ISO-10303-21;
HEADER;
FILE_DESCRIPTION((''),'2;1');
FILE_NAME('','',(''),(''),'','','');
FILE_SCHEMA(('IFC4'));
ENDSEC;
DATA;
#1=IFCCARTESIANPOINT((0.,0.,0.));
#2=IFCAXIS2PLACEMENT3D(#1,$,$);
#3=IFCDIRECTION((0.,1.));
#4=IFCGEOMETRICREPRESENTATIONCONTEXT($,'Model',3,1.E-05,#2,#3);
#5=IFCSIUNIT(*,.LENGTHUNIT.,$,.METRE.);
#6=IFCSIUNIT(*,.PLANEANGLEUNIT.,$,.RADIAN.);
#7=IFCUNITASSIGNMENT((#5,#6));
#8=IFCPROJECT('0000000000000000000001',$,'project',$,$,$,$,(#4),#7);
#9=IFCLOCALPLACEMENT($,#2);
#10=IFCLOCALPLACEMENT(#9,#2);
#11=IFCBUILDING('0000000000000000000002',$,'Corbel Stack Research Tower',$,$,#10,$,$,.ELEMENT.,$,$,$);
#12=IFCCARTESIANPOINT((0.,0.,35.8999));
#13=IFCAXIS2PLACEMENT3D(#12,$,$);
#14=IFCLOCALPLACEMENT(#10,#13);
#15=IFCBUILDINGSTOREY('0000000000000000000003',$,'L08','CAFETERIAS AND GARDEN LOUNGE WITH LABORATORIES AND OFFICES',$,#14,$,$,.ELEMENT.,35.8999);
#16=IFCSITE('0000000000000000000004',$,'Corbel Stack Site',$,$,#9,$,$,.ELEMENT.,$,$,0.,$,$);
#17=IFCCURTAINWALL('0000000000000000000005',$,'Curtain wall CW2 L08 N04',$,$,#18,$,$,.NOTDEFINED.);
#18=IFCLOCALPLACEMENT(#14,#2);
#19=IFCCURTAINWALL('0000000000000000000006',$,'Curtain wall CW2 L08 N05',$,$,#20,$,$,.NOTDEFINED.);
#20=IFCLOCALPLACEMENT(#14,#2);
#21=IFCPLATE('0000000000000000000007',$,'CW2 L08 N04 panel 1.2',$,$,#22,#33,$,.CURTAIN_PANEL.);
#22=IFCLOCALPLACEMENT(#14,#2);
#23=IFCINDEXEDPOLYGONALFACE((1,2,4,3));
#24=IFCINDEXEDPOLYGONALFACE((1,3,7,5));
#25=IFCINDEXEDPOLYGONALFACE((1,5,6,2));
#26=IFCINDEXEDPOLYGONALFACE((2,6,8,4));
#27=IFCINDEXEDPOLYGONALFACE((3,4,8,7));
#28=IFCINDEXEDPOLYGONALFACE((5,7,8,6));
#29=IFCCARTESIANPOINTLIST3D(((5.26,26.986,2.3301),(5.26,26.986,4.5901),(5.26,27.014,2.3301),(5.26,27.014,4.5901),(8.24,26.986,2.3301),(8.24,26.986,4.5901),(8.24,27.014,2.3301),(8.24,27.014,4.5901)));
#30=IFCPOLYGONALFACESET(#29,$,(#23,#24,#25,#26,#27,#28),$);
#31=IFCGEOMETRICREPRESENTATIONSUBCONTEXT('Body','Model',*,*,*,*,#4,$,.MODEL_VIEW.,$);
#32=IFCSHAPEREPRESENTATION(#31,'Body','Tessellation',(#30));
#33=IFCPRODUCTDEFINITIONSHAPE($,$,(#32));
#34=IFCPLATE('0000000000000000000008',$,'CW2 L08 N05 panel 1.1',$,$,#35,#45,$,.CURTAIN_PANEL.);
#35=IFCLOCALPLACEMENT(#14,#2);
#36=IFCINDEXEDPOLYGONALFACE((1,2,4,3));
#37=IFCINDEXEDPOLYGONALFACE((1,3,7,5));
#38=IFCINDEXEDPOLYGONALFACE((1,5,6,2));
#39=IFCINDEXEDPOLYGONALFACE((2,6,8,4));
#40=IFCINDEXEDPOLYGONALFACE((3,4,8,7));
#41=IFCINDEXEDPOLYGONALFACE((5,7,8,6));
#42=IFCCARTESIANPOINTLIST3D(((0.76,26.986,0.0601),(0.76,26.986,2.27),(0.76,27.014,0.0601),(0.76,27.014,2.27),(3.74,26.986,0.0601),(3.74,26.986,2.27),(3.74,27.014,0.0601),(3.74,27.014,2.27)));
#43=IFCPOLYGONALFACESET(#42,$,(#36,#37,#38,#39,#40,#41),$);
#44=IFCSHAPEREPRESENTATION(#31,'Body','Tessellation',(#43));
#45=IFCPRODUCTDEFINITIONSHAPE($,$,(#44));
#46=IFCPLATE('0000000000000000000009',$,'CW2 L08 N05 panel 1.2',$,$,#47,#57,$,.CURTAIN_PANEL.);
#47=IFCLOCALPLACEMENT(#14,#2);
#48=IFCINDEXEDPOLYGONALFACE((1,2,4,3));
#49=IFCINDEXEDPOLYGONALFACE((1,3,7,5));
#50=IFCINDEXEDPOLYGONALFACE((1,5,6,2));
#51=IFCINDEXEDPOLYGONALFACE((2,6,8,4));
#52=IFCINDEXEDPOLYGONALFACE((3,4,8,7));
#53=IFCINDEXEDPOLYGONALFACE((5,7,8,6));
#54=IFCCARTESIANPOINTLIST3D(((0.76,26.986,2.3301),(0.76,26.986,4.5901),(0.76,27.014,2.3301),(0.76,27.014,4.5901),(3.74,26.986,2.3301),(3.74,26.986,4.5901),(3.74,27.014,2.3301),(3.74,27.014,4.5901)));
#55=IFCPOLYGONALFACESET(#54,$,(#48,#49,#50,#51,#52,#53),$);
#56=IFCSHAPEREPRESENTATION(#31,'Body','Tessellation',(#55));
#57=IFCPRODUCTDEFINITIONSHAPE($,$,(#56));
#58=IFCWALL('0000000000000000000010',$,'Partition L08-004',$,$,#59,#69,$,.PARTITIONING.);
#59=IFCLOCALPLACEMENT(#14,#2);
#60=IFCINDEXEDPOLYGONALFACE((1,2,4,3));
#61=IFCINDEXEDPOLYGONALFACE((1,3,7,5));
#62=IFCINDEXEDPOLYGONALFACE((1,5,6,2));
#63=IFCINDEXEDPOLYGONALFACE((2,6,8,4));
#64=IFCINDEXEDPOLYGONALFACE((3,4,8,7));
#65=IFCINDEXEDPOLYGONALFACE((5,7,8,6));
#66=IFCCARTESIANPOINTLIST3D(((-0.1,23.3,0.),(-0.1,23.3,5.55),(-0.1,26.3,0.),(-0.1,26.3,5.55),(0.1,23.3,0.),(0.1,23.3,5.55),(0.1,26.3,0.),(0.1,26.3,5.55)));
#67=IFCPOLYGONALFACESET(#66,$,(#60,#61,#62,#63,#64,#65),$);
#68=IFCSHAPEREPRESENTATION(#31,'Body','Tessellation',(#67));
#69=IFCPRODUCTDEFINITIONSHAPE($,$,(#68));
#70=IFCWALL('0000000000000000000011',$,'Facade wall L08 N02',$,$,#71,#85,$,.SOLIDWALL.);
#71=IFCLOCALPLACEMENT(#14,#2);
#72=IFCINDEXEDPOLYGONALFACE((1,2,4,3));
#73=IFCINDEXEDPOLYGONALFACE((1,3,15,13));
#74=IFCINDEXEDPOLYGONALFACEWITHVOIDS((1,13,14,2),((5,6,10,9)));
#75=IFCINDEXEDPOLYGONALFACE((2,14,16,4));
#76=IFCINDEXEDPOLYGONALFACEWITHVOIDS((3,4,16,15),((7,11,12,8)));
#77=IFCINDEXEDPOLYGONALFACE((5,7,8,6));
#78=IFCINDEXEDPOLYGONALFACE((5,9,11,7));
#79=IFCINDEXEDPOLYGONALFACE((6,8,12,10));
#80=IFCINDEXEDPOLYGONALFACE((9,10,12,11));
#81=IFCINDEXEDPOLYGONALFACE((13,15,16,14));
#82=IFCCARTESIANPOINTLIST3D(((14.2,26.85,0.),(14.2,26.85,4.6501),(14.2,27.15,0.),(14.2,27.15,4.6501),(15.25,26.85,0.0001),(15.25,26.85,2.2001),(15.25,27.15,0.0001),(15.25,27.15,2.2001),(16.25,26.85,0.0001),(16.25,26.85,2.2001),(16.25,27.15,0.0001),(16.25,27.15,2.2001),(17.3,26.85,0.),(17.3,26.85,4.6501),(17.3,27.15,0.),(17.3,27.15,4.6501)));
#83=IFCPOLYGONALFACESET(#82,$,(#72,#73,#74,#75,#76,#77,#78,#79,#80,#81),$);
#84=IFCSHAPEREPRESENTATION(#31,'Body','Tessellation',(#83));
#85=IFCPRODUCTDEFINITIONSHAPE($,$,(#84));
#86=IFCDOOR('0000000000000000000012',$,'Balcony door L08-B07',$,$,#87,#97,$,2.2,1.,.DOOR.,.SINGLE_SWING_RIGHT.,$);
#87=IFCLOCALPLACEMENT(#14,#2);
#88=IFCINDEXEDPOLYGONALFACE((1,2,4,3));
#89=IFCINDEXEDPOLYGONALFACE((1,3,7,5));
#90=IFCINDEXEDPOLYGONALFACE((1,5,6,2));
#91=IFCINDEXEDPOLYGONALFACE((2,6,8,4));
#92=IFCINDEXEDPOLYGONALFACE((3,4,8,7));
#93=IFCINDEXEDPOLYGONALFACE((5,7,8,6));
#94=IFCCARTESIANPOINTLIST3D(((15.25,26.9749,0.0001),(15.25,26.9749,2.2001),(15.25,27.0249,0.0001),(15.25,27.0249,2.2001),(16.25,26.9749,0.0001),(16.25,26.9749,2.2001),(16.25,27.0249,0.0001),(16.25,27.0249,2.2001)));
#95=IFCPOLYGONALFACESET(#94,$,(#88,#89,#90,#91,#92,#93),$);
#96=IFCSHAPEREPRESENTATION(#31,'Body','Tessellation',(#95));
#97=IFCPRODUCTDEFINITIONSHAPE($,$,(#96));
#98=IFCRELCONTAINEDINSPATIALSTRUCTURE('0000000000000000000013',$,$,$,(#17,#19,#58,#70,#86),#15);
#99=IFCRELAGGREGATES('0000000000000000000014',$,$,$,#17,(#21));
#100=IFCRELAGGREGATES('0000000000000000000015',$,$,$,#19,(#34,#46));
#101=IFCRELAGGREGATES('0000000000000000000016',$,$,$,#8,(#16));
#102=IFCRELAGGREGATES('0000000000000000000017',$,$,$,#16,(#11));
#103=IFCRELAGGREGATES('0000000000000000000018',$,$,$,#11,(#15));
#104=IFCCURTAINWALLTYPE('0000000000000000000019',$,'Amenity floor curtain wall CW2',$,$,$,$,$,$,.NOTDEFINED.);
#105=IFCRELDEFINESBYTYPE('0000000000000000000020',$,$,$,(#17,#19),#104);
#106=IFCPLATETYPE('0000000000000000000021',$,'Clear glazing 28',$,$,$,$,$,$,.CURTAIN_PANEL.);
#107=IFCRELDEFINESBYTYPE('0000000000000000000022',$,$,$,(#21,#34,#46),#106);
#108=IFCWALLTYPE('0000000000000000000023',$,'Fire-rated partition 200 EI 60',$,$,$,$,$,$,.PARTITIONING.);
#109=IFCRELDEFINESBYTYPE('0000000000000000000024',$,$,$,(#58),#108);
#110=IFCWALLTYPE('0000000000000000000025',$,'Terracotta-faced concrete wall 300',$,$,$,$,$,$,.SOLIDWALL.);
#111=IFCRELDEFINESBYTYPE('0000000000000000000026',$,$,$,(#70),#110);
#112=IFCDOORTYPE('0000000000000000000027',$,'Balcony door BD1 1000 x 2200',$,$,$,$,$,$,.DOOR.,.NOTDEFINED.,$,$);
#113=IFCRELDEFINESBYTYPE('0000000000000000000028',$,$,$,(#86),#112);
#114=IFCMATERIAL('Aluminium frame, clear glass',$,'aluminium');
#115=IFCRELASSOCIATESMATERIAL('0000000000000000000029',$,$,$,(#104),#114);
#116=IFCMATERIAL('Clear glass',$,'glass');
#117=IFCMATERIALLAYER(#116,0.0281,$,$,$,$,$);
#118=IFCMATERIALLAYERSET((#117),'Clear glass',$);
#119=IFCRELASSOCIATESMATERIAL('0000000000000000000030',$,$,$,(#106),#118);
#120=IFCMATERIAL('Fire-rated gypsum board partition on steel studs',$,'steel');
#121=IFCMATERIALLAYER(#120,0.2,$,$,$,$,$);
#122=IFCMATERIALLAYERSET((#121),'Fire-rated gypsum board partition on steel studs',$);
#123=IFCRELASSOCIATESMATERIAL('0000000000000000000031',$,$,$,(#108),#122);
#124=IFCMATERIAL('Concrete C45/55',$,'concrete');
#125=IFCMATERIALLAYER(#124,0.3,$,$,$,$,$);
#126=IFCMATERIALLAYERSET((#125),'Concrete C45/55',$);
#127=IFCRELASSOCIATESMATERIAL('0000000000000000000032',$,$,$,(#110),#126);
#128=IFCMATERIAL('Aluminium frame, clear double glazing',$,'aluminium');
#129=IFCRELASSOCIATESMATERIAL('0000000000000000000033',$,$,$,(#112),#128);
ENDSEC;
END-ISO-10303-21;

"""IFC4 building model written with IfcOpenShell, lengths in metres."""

from ifc_helpers import new_model, si_unit, direction, frame, frame_2d, origin, origin_2d, place, context, subcontext, project, spatial, rectangle, extrude, material, layer, layer_set, type_object, element, fill, aggregate, save


model = new_model("IFC4")

# Units and contexts
model_context = context("Model", 3, precision=1e-05, world=origin(), true_north=direction((0.0, 1.0)))
body_context = subcontext(model_context, "Body", "Model", "MODEL_VIEW")
ifc_project = project(units=[si_unit("LENGTHUNIT", "METRE"), si_unit("PLANEANGLEUNIT", "RADIAN")], contexts=[model_context])

# Site, building, storey
site_placement = place(None, origin())
site = spatial("IfcSite", under=ifc_project, at=site_placement, Name="Corbel Stack Site", CompositionType="ELEMENT", RefElevation=0.0)
building_placement = place(site_placement, origin())
building = spatial("IfcBuilding", under=site, at=building_placement, Name="Corbel Stack Research Tower", CompositionType="ELEMENT")
storey_placement = place(building_placement, frame((0.0, 0.0, 35.8999)))
storey = spatial("IfcBuildingStorey", under=building, at=storey_placement, Name="L08", Description="CAFETERIAS AND GARDEN LOUNGE WITH LABORATORIES AND OFFICES", CompositionType="ELEMENT", Elevation=35.8999)

# Shared definitions
ifc_material_1 = material(Name="Aluminium frame, clear glass", Category="aluminium")
curtain_wall_type = type_object("IfcCurtainWallType", Name="Amenity floor curtain wall CW2", PredefinedType="NOTDEFINED", material=ifc_material_1)

# Curtain walls
curtain_wall_1_placement = place(storey_placement, origin())
curtain_wall_1 = element("IfcCurtainWall", 1, at=curtain_wall_1_placement, inside=storey, type_object=curtain_wall_type, Name="Curtain wall CW2 L08 N04", PredefinedType="NOTDEFINED")
curtain_wall_2_placement = place(storey_placement, origin())
curtain_wall_2 = element("IfcCurtainWall", 2, at=curtain_wall_2_placement, inside=storey, type_object=curtain_wall_type, Name="Curtain wall CW2 L08 N05", PredefinedType="NOTDEFINED")

# Plates
ifc_material_2 = material(Name="Clear glass", Category="glass")
ifc_layer_1 = layer(ifc_material_2, 0.0281)
ifc_layer_set_1 = layer_set([ifc_layer_1], Name="Clear glass")
plate_type = type_object("IfcPlateType", Name="Clear glazing 28", PredefinedType="CURTAIN_PANEL", material=ifc_layer_set_1)
plate_1_placement = place(storey_placement, frame((6.75, 27.0, 2.3301), z_axis=(0.0, 0.0, 1.0), x_axis=(-1.0, 0.0, 0.0)))
plate_1 = element("IfcPlate", 3, at=plate_1_placement, type_object=plate_type, Name="CW2 L08 N04 panel 1.2", PredefinedType="CURTAIN_PANEL", context=body_context, shape_type="SweptSolid", body=[
    extrude(rectangle(XDim=2.98, YDim=0.0281, at=origin_2d()), origin(), (0.0, 0.0, 1.0), 2.26),
])
aggregate(curtain_wall_1, [plate_1])
plate_2_placement = place(storey_placement, frame((2.25, 27.0, 0.0601), z_axis=(0.0, 0.0, 1.0), x_axis=(-1.0, 0.0, 0.0)))
plate_2 = element("IfcPlate", 4, at=plate_2_placement, type_object=plate_type, Name="CW2 L08 N05 panel 1.1", PredefinedType="CURTAIN_PANEL", context=body_context, shape_type="SweptSolid", body=[
    extrude(rectangle(XDim=2.98, YDim=0.0281, at=origin_2d()), origin(), (0.0, 0.0, 1.0), 2.21),
])
plate_3_placement = place(storey_placement, frame((2.25, 27.0, 2.3301), z_axis=(0.0, 0.0, 1.0), x_axis=(-1.0, 0.0, 0.0)))
plate_3 = element("IfcPlate", 5, at=plate_3_placement, type_object=plate_type, Name="CW2 L08 N05 panel 1.2", PredefinedType="CURTAIN_PANEL", context=body_context, shape_type="SweptSolid", body=[
    extrude(rectangle(XDim=2.98, YDim=0.0281, at=origin_2d()), origin(), (0.0, 0.0, 1.0), 2.26),
])
aggregate(curtain_wall_2, [plate_2, plate_3])

# Wall
ifc_material_3 = material(Name="Fire-rated gypsum board partition on steel studs", Category="steel")
ifc_layer_2 = layer(ifc_material_3, 0.2)
ifc_layer_set_2 = layer_set([ifc_layer_2], Name="Fire-rated gypsum board partition on steel studs")
wall_type_1 = type_object("IfcWallType", Name="Fire-rated partition 200 EI 60", PredefinedType="PARTITIONING", material=ifc_layer_set_2)
wall_1_placement = place(storey_placement, frame((0.0, 23.3, 0.0), z_axis=(0.0, 0.0, 1.0), x_axis=(0.0, 1.0, 0.0)))
element("IfcWall", 6, at=wall_1_placement, inside=storey, type_object=wall_type_1, Name="Partition L08-004", PredefinedType="PARTITIONING", context=body_context, shape_type="SweptSolid", body=[
    extrude(rectangle(XDim=3.0, YDim=0.2, at=frame_2d((1.5, 0.0))), origin(), (0.0, 0.0, 1.0), 5.55),
])

# Wall, opening, door
ifc_material_4 = material(Name="Concrete C45/55", Category="concrete")
ifc_layer_3 = layer(ifc_material_4, 0.3)
ifc_layer_set_3 = layer_set([ifc_layer_3], Name="Concrete C45/55")
wall_type_2 = type_object("IfcWallType", Name="Terracotta-faced concrete wall 300", PredefinedType="SOLIDWALL", material=ifc_layer_set_3)
wall_2_placement = place(storey_placement, frame((14.2, 27.0, 0.0), z_axis=(0.0, 0.0, 1.0), x_axis=(1.0, 0.0, 0.0)))
wall_2 = element("IfcWall", 7, at=wall_2_placement, inside=storey, type_object=wall_type_2, Name="Facade wall L08 N02", PredefinedType="SOLIDWALL", context=body_context, shape_type="SweptSolid", body=[
    extrude(rectangle(XDim=3.1001, YDim=0.3, at=frame_2d((1.55, 0.0))), origin(), (0.0, 0.0, 1.0), 4.6501),
])
opening_placement = place(wall_2_placement, frame((1.05, 0.0, 0.0)))
opening = element("IfcOpeningElement", 8, at=opening_placement, cuts=wall_2, PredefinedType="OPENING", context=body_context, shape_type="SweptSolid", body=[
    extrude(rectangle(XDim=1.0, YDim=2.2, at=frame_2d((0.5, 1.1001))), frame((0.0, 0.1599, 0.0), z_axis=(0.0, -1.0, 0.0), x_axis=(1.0, 0.0, 0.0)), (0.0, 0.0, 1.0), 0.3201),
])
ifc_material_5 = material(Name="Aluminium frame, clear double glazing", Category="aluminium")
door_type = type_object("IfcDoorType", Name="Balcony door BD1 1000 x 2200", OperationType="NOTDEFINED", PredefinedType="DOOR", material=ifc_material_5)
door_placement = place(opening_placement, origin())
door = element("IfcDoor", 9, at=door_placement, inside=storey, type_object=door_type, Name="Balcony door L08-B07", OperationType="SINGLE_SWING_RIGHT", OverallHeight=2.2, OverallWidth=1.0, PredefinedType="DOOR", context=body_context, shape_type="SweptSolid", body=[
    extrude(rectangle(XDim=1.0, YDim=2.2, at=frame_2d((0.5, 1.1001))), frame((0.0, 0.0249, 0.0), z_axis=(0.0, -1.0, 0.0), x_axis=(1.0, 0.0, 0.0)), (0.0, 0.0, 1.0), 0.05),
])
fill(opening, door)

save(model, "model.ifc")
